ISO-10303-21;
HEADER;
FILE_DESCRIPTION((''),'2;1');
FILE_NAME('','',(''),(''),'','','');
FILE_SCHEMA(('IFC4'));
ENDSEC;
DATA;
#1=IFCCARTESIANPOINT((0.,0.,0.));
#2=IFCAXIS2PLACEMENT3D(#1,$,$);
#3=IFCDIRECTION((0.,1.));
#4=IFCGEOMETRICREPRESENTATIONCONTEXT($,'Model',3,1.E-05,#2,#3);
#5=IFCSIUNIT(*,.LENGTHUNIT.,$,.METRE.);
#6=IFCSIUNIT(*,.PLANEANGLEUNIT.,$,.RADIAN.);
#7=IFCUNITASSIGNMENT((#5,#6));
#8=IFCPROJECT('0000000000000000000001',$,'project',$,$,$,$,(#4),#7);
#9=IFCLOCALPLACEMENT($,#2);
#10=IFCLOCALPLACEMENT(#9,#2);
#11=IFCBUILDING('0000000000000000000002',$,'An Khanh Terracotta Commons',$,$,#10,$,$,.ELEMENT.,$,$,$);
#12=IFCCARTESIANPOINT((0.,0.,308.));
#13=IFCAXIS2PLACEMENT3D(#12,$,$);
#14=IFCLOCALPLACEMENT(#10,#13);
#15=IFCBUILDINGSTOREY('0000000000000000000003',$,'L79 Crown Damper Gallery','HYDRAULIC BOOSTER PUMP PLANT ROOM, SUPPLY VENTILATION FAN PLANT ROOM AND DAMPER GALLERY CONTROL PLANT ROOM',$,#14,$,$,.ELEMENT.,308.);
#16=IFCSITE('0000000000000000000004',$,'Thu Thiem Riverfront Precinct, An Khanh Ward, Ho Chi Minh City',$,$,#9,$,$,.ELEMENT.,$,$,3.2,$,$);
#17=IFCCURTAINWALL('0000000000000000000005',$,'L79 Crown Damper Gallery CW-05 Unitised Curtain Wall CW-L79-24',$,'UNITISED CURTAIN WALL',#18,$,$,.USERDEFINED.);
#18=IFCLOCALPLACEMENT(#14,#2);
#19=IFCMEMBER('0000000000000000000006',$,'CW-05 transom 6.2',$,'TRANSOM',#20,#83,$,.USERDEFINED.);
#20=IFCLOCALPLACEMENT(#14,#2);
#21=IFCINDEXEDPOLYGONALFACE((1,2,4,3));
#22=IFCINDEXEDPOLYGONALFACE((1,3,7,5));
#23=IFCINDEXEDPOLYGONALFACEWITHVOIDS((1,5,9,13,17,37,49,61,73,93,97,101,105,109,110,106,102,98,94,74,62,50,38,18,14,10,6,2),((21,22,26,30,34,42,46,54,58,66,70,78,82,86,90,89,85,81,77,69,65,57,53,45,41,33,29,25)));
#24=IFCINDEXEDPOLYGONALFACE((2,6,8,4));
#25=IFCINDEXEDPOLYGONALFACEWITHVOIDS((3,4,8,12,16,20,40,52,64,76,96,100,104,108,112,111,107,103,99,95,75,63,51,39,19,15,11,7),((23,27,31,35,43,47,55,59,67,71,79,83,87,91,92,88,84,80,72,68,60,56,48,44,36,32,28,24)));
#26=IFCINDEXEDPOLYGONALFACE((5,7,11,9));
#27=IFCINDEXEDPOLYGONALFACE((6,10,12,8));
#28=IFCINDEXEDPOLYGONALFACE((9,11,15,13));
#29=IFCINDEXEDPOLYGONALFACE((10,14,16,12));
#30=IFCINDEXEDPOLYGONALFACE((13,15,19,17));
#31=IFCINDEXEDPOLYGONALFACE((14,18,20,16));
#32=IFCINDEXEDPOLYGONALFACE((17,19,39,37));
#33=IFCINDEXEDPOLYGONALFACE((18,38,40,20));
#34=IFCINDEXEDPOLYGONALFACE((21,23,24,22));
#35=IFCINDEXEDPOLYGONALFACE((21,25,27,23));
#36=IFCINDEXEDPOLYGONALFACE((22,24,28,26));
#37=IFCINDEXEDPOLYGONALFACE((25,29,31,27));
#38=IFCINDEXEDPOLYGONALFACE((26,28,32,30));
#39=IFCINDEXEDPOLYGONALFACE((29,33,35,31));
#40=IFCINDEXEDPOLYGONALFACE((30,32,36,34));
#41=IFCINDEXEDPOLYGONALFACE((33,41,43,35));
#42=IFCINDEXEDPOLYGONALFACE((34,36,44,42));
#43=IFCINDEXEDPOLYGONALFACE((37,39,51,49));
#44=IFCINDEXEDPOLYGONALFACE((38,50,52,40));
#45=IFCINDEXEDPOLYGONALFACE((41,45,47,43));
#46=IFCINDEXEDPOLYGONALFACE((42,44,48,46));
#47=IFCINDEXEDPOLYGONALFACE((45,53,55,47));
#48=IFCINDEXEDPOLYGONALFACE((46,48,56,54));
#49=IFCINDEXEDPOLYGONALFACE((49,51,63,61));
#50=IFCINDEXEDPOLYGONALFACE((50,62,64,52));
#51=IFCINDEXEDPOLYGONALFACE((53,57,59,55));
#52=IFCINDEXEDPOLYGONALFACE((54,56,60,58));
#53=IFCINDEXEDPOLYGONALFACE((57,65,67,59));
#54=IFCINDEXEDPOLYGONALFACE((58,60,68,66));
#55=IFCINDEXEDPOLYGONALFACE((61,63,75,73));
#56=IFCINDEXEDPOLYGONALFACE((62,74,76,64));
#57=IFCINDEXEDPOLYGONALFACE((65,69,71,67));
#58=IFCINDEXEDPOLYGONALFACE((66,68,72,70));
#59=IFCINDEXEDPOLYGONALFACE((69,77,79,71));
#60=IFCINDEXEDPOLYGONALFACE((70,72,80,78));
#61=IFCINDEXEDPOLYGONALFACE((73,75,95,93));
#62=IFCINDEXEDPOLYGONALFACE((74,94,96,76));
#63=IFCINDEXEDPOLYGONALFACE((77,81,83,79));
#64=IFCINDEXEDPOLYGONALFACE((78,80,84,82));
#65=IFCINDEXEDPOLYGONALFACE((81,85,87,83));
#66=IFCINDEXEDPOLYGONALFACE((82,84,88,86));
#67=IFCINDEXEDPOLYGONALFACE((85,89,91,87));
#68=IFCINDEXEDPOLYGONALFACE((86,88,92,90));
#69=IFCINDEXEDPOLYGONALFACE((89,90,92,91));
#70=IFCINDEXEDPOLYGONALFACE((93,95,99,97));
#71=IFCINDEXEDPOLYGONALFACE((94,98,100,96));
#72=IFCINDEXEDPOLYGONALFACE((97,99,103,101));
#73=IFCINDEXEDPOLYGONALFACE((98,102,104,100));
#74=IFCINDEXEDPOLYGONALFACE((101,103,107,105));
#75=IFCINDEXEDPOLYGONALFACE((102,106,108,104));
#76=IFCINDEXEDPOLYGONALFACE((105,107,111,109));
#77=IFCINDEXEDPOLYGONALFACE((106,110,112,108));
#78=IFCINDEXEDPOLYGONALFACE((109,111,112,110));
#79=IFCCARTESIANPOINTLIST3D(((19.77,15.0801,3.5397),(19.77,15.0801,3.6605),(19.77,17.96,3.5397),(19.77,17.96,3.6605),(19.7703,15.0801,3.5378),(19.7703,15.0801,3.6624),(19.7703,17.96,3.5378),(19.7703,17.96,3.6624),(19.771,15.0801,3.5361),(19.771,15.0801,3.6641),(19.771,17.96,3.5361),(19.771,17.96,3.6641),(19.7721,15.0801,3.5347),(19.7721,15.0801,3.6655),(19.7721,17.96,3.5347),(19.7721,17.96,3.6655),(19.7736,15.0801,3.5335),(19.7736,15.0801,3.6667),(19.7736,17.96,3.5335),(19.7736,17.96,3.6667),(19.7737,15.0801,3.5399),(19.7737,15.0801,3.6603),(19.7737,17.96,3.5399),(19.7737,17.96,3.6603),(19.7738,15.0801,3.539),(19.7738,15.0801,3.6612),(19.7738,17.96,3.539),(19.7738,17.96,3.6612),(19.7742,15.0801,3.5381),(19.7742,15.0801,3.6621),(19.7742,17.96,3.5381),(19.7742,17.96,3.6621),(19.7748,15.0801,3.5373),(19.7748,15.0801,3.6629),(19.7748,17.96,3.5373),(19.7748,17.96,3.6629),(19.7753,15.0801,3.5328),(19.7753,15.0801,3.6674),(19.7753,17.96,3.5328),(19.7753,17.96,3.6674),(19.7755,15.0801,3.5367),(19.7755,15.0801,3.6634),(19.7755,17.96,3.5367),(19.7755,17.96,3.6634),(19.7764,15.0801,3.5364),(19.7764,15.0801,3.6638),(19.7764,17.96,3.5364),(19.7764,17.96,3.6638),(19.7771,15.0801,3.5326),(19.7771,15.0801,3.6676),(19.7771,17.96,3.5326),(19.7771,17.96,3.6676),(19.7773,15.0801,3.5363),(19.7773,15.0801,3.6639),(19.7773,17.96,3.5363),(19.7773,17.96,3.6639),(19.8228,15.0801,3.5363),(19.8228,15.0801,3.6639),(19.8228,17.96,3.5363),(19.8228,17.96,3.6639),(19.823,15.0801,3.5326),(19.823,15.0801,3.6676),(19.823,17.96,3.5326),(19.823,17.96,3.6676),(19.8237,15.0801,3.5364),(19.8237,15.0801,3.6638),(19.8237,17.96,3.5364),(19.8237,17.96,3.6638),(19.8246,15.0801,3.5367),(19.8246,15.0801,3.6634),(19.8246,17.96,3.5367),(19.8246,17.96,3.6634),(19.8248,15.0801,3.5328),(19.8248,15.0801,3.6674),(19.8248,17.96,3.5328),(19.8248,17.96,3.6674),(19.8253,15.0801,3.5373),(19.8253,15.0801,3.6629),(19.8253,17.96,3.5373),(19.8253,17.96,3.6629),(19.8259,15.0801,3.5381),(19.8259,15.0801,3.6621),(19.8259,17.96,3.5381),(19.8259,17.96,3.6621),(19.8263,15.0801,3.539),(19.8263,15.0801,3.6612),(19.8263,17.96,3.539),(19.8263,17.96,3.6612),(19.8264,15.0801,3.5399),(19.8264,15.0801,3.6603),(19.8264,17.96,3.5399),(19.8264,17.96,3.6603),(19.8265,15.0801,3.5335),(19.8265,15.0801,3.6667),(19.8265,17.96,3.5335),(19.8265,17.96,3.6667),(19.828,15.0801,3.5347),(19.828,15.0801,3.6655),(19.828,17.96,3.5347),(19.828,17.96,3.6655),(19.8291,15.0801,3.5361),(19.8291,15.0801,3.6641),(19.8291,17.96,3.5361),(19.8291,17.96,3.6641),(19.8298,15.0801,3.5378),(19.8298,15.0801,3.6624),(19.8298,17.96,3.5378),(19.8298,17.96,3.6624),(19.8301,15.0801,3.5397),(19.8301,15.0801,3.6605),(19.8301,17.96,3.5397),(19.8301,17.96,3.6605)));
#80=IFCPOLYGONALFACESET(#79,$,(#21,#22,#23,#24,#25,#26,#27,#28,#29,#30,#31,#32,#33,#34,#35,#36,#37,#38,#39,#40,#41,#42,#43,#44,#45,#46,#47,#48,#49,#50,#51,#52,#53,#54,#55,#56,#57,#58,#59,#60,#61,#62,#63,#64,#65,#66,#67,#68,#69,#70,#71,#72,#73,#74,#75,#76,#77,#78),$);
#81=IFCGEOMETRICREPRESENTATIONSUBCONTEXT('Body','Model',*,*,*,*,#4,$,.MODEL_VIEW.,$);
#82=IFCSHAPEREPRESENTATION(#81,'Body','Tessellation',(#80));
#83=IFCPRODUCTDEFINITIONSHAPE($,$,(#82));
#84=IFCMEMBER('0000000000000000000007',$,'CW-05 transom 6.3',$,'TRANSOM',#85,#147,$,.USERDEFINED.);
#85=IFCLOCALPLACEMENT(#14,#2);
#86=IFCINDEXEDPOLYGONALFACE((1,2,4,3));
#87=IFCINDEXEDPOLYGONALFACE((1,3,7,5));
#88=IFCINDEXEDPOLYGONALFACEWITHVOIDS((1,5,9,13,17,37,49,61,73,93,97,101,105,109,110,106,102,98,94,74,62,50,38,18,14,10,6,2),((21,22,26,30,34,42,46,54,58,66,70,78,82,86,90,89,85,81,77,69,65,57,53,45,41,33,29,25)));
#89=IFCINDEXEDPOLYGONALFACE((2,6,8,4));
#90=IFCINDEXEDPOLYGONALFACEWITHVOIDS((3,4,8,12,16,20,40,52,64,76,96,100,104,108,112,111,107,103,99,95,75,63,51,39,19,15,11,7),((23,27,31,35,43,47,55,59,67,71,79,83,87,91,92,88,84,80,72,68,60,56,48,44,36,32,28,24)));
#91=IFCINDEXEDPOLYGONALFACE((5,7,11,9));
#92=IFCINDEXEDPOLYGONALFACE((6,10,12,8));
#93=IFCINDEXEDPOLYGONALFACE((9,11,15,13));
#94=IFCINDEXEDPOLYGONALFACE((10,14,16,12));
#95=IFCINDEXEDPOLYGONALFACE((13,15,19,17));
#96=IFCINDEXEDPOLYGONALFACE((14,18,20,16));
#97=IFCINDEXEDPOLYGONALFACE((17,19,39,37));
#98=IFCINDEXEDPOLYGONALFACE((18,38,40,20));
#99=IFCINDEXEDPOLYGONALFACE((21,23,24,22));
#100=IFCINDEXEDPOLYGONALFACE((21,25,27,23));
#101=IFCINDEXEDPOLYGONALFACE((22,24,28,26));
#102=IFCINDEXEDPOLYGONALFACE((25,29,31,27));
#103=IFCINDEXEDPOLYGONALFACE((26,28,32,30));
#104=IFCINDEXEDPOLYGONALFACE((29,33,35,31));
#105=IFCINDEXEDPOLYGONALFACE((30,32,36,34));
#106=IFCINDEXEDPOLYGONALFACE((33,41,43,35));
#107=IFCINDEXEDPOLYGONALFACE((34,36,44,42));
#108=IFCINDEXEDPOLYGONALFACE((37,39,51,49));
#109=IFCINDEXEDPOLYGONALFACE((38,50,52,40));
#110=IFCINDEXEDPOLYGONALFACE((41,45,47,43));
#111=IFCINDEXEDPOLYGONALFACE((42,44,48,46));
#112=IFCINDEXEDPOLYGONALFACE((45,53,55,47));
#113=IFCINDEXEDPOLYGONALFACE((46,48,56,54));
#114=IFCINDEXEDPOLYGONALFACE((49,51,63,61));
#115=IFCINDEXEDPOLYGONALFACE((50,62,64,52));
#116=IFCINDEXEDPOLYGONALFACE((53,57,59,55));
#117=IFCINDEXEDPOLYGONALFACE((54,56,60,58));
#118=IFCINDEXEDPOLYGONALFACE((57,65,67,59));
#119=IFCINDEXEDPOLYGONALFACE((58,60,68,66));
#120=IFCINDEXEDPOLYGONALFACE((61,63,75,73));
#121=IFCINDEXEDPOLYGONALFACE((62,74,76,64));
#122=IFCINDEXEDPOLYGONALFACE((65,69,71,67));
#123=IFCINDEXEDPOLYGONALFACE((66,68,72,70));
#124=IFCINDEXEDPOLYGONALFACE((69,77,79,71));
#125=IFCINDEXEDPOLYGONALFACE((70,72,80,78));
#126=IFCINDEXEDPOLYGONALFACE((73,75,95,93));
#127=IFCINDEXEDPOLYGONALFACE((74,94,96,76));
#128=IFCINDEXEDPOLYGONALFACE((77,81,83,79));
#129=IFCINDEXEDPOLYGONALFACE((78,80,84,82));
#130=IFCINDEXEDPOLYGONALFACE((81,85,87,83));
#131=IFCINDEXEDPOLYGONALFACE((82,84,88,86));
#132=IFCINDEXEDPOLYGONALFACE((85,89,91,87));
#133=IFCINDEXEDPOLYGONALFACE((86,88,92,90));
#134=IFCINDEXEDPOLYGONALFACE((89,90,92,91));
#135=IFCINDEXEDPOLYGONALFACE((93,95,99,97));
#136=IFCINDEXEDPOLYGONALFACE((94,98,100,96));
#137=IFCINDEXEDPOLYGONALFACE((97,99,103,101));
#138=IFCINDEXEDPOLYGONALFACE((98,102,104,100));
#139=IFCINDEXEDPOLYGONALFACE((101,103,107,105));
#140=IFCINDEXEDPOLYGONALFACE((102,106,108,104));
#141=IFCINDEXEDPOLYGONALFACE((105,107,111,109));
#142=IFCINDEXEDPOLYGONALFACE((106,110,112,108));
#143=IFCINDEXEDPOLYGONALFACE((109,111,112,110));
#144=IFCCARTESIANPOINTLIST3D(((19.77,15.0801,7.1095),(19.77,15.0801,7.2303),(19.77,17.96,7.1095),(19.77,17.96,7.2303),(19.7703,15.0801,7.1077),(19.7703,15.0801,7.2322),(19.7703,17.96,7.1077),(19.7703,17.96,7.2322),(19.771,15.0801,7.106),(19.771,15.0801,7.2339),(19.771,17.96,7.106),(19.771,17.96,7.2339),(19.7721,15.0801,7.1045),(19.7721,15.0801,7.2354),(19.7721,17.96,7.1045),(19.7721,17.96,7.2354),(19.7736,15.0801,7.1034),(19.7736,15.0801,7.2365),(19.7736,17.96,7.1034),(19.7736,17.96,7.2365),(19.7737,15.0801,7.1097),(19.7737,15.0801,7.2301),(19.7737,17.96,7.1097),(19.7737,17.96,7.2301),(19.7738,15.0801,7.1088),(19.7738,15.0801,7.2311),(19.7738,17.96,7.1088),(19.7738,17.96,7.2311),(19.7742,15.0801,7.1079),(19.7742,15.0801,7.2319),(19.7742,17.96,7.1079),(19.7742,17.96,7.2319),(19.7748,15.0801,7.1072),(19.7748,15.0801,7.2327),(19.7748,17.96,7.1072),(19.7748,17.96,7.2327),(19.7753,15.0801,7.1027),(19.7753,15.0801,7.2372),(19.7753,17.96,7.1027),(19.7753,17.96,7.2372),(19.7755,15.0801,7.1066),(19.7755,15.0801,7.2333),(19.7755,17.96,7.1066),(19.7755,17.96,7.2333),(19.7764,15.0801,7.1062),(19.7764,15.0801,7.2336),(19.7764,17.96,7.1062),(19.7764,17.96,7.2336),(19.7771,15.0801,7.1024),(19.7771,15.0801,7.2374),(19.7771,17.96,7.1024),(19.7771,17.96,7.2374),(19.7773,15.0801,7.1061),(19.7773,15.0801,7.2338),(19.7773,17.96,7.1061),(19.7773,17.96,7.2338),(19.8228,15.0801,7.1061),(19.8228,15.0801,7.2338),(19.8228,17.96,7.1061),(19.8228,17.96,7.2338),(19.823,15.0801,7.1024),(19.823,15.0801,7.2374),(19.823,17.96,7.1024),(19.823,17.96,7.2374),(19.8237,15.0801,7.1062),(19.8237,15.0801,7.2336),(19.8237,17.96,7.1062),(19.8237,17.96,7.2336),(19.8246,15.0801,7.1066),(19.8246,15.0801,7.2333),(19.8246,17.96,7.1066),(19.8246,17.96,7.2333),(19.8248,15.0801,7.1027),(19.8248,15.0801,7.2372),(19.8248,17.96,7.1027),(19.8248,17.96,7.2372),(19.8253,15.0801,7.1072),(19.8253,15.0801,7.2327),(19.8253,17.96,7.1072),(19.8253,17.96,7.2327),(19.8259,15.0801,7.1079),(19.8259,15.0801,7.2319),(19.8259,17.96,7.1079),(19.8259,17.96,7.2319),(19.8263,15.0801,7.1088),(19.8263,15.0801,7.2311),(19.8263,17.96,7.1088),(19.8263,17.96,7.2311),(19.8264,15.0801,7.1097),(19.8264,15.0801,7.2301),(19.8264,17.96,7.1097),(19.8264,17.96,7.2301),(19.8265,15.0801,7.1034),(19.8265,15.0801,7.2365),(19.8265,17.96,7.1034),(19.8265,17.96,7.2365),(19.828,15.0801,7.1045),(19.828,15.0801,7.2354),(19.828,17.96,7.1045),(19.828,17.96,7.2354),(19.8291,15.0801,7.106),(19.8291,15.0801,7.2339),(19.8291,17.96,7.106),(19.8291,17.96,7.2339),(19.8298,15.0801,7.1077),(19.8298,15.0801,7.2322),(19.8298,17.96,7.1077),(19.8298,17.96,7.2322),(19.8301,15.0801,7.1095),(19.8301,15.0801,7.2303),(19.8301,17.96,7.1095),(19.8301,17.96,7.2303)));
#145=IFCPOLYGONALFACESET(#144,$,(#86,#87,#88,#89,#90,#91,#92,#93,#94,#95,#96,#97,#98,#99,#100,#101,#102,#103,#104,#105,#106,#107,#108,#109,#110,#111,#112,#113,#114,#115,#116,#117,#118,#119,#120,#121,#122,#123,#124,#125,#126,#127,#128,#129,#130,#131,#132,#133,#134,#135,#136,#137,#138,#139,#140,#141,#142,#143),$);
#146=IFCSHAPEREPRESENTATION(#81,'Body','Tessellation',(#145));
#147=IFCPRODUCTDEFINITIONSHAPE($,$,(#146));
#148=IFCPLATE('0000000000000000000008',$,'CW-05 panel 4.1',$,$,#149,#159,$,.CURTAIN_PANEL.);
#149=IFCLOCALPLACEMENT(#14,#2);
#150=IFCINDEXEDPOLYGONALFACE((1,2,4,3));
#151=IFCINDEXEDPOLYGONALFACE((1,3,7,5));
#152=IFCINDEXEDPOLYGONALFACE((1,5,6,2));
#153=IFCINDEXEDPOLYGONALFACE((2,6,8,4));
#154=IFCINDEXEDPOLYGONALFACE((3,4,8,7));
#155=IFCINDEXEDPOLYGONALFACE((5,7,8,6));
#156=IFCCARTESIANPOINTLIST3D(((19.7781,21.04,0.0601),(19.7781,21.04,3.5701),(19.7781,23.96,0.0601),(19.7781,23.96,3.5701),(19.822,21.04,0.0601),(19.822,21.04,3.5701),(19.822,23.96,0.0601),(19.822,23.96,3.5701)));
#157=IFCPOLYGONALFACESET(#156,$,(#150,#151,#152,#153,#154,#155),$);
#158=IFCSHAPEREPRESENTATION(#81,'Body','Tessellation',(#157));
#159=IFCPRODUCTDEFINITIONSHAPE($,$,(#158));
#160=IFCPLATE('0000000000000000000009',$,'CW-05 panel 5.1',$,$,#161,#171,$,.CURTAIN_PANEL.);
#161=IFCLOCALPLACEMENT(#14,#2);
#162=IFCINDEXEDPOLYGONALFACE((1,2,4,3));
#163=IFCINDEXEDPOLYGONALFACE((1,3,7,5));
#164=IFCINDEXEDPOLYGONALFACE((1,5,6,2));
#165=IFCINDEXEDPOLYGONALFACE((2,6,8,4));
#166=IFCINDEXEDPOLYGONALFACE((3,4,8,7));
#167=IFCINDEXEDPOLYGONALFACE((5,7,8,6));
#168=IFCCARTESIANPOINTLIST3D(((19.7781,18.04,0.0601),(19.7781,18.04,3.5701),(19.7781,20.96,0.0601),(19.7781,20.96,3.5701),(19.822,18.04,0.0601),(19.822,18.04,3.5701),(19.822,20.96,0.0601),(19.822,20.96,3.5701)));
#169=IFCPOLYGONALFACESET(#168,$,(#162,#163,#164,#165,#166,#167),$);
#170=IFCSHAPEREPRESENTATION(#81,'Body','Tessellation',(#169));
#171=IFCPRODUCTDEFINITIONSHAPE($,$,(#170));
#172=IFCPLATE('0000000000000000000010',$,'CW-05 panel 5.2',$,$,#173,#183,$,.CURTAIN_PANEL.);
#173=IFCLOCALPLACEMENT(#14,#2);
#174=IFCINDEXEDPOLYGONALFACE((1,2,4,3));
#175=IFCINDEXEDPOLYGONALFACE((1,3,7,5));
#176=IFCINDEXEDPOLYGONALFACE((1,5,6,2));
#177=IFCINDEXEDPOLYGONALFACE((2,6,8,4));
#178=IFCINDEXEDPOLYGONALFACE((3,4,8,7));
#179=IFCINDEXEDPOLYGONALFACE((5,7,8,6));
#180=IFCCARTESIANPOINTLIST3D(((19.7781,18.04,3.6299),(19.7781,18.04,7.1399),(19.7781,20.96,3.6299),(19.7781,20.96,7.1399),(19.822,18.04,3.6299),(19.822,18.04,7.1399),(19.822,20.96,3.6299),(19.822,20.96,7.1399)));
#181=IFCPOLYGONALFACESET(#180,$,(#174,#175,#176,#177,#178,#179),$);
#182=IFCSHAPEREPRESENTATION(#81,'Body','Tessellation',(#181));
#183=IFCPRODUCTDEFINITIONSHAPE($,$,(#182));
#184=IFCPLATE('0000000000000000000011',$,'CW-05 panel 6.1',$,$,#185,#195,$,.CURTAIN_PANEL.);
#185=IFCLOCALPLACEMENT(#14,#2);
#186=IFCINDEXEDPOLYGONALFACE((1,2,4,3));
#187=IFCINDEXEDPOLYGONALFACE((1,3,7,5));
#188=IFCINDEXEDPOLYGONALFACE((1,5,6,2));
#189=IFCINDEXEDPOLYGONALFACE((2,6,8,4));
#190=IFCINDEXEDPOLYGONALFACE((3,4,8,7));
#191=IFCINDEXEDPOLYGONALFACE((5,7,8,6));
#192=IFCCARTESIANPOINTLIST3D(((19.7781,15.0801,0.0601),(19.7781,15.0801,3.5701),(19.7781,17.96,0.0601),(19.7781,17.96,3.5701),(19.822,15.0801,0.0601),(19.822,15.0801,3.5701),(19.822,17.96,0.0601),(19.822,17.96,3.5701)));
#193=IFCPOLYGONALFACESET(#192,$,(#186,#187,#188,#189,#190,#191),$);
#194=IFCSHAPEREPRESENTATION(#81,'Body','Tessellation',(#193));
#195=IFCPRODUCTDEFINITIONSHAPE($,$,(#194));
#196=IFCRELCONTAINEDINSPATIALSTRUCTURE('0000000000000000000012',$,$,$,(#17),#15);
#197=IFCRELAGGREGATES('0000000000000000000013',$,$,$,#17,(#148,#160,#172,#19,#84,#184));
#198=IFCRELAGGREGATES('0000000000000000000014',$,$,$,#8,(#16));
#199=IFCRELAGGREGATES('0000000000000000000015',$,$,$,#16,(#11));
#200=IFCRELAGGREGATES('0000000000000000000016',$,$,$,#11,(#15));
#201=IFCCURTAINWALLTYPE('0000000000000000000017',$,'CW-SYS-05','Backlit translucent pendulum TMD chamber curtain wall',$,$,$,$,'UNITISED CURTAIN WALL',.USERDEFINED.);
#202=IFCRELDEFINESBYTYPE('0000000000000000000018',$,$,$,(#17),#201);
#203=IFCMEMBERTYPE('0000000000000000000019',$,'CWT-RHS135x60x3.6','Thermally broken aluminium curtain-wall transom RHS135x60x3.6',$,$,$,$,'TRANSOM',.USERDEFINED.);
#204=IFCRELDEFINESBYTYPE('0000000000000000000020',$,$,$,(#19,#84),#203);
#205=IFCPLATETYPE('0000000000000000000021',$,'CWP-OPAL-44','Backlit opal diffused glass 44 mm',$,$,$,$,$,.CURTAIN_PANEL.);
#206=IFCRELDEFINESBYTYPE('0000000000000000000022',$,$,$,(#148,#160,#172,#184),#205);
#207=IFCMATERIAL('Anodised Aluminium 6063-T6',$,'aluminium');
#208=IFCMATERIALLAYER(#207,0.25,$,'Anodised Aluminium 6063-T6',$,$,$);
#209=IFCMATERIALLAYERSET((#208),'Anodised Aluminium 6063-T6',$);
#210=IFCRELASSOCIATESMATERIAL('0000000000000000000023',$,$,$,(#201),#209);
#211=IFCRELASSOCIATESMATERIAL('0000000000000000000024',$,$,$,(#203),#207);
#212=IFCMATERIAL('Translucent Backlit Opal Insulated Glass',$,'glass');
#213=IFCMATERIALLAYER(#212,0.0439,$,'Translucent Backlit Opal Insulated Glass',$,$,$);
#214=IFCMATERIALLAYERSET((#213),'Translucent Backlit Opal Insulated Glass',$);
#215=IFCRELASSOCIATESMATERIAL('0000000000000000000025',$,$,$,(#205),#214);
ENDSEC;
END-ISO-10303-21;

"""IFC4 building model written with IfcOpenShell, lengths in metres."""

from ifc_helpers import new_model, si_unit, direction, frame, origin, origin_2d, place, context, subcontext, project, spatial, rectangle, hollow_rectangle, extrude, material, layer, layer_set, material_profile, profile_set, type_object, element, aggregate, save


model = new_model("IFC4")

# Units and contexts
model_context = context("Model", 3, precision=1e-05, world=origin(), true_north=direction((0.0, 1.0)))
body_context = subcontext(model_context, "Body", "Model", "MODEL_VIEW")
ifc_project = project(units=[si_unit("LENGTHUNIT", "METRE"), si_unit("PLANEANGLEUNIT", "RADIAN")], contexts=[model_context])

# Site, building, storey
site_placement = place(None, origin())
site = spatial("IfcSite", under=ifc_project, at=site_placement, Name="Thu Thiem Riverfront Precinct, An Khanh Ward, Ho Chi Minh City", CompositionType="ELEMENT", RefElevation=3.2)
building_placement = place(site_placement, origin())
building = spatial("IfcBuilding", under=site, at=building_placement, Name="An Khanh Terracotta Commons", CompositionType="ELEMENT")
storey_placement = place(building_placement, frame((0.0, 0.0, 308.0)))
storey = spatial("IfcBuildingStorey", under=building, at=storey_placement, Name="L79 Crown Damper Gallery", Description="HYDRAULIC BOOSTER PUMP PLANT ROOM, SUPPLY VENTILATION FAN PLANT ROOM AND DAMPER GALLERY CONTROL PLANT ROOM", CompositionType="ELEMENT", Elevation=308.0)

# Curtain wall, members, plates
ifc_material_1 = material(Name="Anodised Aluminium 6063-T6", Category="aluminium")
ifc_layer_1 = layer(ifc_material_1, 0.25, Name="Anodised Aluminium 6063-T6")
ifc_layer_set_1 = layer_set([ifc_layer_1], Name="Anodised Aluminium 6063-T6")
curtain_wall_type = type_object("IfcCurtainWallType", Name="CW-SYS-05", Description="Backlit translucent pendulum TMD chamber curtain wall", ElementType="UNITISED CURTAIN WALL", PredefinedType="USERDEFINED", material=ifc_layer_set_1)
curtain_wall_placement = place(storey_placement, origin())
curtain_wall = element("IfcCurtainWall", 1, at=curtain_wall_placement, inside=storey, type_object=curtain_wall_type, Name="L79 Crown Damper Gallery CW-05 Unitised Curtain Wall CW-L79-24", ObjectType="UNITISED CURTAIN WALL", PredefinedType="USERDEFINED")
ifc_material_profile_1 = material_profile(ifc_material_1, hollow_rectangle(XDim=0.0601, YDim=0.135, WallThickness=0.0037, InnerFilletRadius=0.0037, OuterFilletRadius=0.0071, at=origin_2d()), Name="RHS135x60x3.6")
ifc_profile_set_1 = profile_set([ifc_material_profile_1], Name="Anodised Aluminium 6063-T6")
member_type_1 = type_object("IfcMemberType", Name="CWT-RHS135x60x3.6", Description="Thermally broken aluminium curtain-wall transom RHS135x60x3.6", ElementType="TRANSOM", PredefinedType="USERDEFINED", material=ifc_profile_set_1)
member_1_placement = place(storey_placement, frame((19.8, 17.96, 3.6001), z_axis=(0.0, -1.0, 0.0), x_axis=(1.0, 0.0, 0.0)))
member_1 = element("IfcMember", 2, at=member_1_placement, type_object=member_type_1, Name="CW-05 transom 6.2", ObjectType="TRANSOM", PredefinedType="USERDEFINED", context=body_context, shape_type="SweptSolid", body=[
    extrude(hollow_rectangle(XDim=0.0601, YDim=0.135, WallThickness=0.0037, InnerFilletRadius=0.0037, OuterFilletRadius=0.0071, at=origin_2d()), origin(), (0.0, 0.0, 1.0), 2.8799),
])
member_2_placement = place(storey_placement, frame((19.8, 17.96, 7.1699), z_axis=(0.0, -1.0, 0.0), x_axis=(1.0, 0.0, 0.0)))
member_2 = element("IfcMember", 3, at=member_2_placement, type_object=member_type_1, Name="CW-05 transom 6.3", ObjectType="TRANSOM", PredefinedType="USERDEFINED", context=body_context, shape_type="SweptSolid", body=[
    extrude(hollow_rectangle(XDim=0.0601, YDim=0.135, WallThickness=0.0037, InnerFilletRadius=0.0037, OuterFilletRadius=0.0071, at=origin_2d()), origin(), (0.0, 0.0, 1.0), 2.8799),
])
ifc_material_2 = material(Name="Translucent Backlit Opal Insulated Glass", Category="glass")
ifc_layer_2 = layer(ifc_material_2, 0.0439, Name="Translucent Backlit Opal Insulated Glass")
ifc_layer_set_2 = layer_set([ifc_layer_2], Name="Translucent Backlit Opal Insulated Glass")
plate_type = type_object("IfcPlateType", Name="CWP-OPAL-44", Description="Backlit opal diffused glass 44 mm", PredefinedType="CURTAIN_PANEL", material=ifc_layer_set_2)
plate_1_placement = place(storey_placement, frame((19.8, 22.5, 0.0601), z_axis=(0.0, 0.0, 1.0), x_axis=(0.0, -1.0, 0.0)))
plate_1 = element("IfcPlate", 4, at=plate_1_placement, type_object=plate_type, Name="CW-05 panel 4.1", PredefinedType="CURTAIN_PANEL", context=body_context, shape_type="SweptSolid", body=[
    extrude(rectangle(XDim=2.9199, YDim=0.0439, at=origin_2d()), origin(), (0.0, 0.0, 1.0), 3.51),
])
plate_2_placement = place(storey_placement, frame((19.8, 19.5, 0.0601), z_axis=(0.0, 0.0, 1.0), x_axis=(0.0, -1.0, 0.0)))
plate_2 = element("IfcPlate", 5, at=plate_2_placement, type_object=plate_type, Name="CW-05 panel 5.1", PredefinedType="CURTAIN_PANEL", context=body_context, shape_type="SweptSolid", body=[
    extrude(rectangle(XDim=2.9199, YDim=0.0439, at=origin_2d()), origin(), (0.0, 0.0, 1.0), 3.51),
])
plate_3_placement = place(storey_placement, frame((19.8, 19.5, 3.6299), z_axis=(0.0, 0.0, 1.0), x_axis=(0.0, -1.0, 0.0)))
plate_3 = element("IfcPlate", 6, at=plate_3_placement, type_object=plate_type, Name="CW-05 panel 5.2", PredefinedType="CURTAIN_PANEL", context=body_context, shape_type="SweptSolid", body=[
    extrude(rectangle(XDim=2.9199, YDim=0.0439, at=origin_2d()), origin(), (0.0, 0.0, 1.0), 3.51),
])
plate_4_placement = place(storey_placement, frame((19.8, 16.52, 0.0601), z_axis=(0.0, 0.0, 1.0), x_axis=(0.0, -1.0, 0.0)))
plate_4 = element("IfcPlate", 7, at=plate_4_placement, type_object=plate_type, Name="CW-05 panel 6.1", PredefinedType="CURTAIN_PANEL", context=body_context, shape_type="SweptSolid", body=[
    extrude(rectangle(XDim=2.8799, YDim=0.0439, at=origin_2d()), origin(), (0.0, 0.0, 1.0), 3.51),
])
aggregate(curtain_wall, [plate_1, plate_2, plate_3, member_1, member_2, plate_4])

save(model, "model.ifc")
